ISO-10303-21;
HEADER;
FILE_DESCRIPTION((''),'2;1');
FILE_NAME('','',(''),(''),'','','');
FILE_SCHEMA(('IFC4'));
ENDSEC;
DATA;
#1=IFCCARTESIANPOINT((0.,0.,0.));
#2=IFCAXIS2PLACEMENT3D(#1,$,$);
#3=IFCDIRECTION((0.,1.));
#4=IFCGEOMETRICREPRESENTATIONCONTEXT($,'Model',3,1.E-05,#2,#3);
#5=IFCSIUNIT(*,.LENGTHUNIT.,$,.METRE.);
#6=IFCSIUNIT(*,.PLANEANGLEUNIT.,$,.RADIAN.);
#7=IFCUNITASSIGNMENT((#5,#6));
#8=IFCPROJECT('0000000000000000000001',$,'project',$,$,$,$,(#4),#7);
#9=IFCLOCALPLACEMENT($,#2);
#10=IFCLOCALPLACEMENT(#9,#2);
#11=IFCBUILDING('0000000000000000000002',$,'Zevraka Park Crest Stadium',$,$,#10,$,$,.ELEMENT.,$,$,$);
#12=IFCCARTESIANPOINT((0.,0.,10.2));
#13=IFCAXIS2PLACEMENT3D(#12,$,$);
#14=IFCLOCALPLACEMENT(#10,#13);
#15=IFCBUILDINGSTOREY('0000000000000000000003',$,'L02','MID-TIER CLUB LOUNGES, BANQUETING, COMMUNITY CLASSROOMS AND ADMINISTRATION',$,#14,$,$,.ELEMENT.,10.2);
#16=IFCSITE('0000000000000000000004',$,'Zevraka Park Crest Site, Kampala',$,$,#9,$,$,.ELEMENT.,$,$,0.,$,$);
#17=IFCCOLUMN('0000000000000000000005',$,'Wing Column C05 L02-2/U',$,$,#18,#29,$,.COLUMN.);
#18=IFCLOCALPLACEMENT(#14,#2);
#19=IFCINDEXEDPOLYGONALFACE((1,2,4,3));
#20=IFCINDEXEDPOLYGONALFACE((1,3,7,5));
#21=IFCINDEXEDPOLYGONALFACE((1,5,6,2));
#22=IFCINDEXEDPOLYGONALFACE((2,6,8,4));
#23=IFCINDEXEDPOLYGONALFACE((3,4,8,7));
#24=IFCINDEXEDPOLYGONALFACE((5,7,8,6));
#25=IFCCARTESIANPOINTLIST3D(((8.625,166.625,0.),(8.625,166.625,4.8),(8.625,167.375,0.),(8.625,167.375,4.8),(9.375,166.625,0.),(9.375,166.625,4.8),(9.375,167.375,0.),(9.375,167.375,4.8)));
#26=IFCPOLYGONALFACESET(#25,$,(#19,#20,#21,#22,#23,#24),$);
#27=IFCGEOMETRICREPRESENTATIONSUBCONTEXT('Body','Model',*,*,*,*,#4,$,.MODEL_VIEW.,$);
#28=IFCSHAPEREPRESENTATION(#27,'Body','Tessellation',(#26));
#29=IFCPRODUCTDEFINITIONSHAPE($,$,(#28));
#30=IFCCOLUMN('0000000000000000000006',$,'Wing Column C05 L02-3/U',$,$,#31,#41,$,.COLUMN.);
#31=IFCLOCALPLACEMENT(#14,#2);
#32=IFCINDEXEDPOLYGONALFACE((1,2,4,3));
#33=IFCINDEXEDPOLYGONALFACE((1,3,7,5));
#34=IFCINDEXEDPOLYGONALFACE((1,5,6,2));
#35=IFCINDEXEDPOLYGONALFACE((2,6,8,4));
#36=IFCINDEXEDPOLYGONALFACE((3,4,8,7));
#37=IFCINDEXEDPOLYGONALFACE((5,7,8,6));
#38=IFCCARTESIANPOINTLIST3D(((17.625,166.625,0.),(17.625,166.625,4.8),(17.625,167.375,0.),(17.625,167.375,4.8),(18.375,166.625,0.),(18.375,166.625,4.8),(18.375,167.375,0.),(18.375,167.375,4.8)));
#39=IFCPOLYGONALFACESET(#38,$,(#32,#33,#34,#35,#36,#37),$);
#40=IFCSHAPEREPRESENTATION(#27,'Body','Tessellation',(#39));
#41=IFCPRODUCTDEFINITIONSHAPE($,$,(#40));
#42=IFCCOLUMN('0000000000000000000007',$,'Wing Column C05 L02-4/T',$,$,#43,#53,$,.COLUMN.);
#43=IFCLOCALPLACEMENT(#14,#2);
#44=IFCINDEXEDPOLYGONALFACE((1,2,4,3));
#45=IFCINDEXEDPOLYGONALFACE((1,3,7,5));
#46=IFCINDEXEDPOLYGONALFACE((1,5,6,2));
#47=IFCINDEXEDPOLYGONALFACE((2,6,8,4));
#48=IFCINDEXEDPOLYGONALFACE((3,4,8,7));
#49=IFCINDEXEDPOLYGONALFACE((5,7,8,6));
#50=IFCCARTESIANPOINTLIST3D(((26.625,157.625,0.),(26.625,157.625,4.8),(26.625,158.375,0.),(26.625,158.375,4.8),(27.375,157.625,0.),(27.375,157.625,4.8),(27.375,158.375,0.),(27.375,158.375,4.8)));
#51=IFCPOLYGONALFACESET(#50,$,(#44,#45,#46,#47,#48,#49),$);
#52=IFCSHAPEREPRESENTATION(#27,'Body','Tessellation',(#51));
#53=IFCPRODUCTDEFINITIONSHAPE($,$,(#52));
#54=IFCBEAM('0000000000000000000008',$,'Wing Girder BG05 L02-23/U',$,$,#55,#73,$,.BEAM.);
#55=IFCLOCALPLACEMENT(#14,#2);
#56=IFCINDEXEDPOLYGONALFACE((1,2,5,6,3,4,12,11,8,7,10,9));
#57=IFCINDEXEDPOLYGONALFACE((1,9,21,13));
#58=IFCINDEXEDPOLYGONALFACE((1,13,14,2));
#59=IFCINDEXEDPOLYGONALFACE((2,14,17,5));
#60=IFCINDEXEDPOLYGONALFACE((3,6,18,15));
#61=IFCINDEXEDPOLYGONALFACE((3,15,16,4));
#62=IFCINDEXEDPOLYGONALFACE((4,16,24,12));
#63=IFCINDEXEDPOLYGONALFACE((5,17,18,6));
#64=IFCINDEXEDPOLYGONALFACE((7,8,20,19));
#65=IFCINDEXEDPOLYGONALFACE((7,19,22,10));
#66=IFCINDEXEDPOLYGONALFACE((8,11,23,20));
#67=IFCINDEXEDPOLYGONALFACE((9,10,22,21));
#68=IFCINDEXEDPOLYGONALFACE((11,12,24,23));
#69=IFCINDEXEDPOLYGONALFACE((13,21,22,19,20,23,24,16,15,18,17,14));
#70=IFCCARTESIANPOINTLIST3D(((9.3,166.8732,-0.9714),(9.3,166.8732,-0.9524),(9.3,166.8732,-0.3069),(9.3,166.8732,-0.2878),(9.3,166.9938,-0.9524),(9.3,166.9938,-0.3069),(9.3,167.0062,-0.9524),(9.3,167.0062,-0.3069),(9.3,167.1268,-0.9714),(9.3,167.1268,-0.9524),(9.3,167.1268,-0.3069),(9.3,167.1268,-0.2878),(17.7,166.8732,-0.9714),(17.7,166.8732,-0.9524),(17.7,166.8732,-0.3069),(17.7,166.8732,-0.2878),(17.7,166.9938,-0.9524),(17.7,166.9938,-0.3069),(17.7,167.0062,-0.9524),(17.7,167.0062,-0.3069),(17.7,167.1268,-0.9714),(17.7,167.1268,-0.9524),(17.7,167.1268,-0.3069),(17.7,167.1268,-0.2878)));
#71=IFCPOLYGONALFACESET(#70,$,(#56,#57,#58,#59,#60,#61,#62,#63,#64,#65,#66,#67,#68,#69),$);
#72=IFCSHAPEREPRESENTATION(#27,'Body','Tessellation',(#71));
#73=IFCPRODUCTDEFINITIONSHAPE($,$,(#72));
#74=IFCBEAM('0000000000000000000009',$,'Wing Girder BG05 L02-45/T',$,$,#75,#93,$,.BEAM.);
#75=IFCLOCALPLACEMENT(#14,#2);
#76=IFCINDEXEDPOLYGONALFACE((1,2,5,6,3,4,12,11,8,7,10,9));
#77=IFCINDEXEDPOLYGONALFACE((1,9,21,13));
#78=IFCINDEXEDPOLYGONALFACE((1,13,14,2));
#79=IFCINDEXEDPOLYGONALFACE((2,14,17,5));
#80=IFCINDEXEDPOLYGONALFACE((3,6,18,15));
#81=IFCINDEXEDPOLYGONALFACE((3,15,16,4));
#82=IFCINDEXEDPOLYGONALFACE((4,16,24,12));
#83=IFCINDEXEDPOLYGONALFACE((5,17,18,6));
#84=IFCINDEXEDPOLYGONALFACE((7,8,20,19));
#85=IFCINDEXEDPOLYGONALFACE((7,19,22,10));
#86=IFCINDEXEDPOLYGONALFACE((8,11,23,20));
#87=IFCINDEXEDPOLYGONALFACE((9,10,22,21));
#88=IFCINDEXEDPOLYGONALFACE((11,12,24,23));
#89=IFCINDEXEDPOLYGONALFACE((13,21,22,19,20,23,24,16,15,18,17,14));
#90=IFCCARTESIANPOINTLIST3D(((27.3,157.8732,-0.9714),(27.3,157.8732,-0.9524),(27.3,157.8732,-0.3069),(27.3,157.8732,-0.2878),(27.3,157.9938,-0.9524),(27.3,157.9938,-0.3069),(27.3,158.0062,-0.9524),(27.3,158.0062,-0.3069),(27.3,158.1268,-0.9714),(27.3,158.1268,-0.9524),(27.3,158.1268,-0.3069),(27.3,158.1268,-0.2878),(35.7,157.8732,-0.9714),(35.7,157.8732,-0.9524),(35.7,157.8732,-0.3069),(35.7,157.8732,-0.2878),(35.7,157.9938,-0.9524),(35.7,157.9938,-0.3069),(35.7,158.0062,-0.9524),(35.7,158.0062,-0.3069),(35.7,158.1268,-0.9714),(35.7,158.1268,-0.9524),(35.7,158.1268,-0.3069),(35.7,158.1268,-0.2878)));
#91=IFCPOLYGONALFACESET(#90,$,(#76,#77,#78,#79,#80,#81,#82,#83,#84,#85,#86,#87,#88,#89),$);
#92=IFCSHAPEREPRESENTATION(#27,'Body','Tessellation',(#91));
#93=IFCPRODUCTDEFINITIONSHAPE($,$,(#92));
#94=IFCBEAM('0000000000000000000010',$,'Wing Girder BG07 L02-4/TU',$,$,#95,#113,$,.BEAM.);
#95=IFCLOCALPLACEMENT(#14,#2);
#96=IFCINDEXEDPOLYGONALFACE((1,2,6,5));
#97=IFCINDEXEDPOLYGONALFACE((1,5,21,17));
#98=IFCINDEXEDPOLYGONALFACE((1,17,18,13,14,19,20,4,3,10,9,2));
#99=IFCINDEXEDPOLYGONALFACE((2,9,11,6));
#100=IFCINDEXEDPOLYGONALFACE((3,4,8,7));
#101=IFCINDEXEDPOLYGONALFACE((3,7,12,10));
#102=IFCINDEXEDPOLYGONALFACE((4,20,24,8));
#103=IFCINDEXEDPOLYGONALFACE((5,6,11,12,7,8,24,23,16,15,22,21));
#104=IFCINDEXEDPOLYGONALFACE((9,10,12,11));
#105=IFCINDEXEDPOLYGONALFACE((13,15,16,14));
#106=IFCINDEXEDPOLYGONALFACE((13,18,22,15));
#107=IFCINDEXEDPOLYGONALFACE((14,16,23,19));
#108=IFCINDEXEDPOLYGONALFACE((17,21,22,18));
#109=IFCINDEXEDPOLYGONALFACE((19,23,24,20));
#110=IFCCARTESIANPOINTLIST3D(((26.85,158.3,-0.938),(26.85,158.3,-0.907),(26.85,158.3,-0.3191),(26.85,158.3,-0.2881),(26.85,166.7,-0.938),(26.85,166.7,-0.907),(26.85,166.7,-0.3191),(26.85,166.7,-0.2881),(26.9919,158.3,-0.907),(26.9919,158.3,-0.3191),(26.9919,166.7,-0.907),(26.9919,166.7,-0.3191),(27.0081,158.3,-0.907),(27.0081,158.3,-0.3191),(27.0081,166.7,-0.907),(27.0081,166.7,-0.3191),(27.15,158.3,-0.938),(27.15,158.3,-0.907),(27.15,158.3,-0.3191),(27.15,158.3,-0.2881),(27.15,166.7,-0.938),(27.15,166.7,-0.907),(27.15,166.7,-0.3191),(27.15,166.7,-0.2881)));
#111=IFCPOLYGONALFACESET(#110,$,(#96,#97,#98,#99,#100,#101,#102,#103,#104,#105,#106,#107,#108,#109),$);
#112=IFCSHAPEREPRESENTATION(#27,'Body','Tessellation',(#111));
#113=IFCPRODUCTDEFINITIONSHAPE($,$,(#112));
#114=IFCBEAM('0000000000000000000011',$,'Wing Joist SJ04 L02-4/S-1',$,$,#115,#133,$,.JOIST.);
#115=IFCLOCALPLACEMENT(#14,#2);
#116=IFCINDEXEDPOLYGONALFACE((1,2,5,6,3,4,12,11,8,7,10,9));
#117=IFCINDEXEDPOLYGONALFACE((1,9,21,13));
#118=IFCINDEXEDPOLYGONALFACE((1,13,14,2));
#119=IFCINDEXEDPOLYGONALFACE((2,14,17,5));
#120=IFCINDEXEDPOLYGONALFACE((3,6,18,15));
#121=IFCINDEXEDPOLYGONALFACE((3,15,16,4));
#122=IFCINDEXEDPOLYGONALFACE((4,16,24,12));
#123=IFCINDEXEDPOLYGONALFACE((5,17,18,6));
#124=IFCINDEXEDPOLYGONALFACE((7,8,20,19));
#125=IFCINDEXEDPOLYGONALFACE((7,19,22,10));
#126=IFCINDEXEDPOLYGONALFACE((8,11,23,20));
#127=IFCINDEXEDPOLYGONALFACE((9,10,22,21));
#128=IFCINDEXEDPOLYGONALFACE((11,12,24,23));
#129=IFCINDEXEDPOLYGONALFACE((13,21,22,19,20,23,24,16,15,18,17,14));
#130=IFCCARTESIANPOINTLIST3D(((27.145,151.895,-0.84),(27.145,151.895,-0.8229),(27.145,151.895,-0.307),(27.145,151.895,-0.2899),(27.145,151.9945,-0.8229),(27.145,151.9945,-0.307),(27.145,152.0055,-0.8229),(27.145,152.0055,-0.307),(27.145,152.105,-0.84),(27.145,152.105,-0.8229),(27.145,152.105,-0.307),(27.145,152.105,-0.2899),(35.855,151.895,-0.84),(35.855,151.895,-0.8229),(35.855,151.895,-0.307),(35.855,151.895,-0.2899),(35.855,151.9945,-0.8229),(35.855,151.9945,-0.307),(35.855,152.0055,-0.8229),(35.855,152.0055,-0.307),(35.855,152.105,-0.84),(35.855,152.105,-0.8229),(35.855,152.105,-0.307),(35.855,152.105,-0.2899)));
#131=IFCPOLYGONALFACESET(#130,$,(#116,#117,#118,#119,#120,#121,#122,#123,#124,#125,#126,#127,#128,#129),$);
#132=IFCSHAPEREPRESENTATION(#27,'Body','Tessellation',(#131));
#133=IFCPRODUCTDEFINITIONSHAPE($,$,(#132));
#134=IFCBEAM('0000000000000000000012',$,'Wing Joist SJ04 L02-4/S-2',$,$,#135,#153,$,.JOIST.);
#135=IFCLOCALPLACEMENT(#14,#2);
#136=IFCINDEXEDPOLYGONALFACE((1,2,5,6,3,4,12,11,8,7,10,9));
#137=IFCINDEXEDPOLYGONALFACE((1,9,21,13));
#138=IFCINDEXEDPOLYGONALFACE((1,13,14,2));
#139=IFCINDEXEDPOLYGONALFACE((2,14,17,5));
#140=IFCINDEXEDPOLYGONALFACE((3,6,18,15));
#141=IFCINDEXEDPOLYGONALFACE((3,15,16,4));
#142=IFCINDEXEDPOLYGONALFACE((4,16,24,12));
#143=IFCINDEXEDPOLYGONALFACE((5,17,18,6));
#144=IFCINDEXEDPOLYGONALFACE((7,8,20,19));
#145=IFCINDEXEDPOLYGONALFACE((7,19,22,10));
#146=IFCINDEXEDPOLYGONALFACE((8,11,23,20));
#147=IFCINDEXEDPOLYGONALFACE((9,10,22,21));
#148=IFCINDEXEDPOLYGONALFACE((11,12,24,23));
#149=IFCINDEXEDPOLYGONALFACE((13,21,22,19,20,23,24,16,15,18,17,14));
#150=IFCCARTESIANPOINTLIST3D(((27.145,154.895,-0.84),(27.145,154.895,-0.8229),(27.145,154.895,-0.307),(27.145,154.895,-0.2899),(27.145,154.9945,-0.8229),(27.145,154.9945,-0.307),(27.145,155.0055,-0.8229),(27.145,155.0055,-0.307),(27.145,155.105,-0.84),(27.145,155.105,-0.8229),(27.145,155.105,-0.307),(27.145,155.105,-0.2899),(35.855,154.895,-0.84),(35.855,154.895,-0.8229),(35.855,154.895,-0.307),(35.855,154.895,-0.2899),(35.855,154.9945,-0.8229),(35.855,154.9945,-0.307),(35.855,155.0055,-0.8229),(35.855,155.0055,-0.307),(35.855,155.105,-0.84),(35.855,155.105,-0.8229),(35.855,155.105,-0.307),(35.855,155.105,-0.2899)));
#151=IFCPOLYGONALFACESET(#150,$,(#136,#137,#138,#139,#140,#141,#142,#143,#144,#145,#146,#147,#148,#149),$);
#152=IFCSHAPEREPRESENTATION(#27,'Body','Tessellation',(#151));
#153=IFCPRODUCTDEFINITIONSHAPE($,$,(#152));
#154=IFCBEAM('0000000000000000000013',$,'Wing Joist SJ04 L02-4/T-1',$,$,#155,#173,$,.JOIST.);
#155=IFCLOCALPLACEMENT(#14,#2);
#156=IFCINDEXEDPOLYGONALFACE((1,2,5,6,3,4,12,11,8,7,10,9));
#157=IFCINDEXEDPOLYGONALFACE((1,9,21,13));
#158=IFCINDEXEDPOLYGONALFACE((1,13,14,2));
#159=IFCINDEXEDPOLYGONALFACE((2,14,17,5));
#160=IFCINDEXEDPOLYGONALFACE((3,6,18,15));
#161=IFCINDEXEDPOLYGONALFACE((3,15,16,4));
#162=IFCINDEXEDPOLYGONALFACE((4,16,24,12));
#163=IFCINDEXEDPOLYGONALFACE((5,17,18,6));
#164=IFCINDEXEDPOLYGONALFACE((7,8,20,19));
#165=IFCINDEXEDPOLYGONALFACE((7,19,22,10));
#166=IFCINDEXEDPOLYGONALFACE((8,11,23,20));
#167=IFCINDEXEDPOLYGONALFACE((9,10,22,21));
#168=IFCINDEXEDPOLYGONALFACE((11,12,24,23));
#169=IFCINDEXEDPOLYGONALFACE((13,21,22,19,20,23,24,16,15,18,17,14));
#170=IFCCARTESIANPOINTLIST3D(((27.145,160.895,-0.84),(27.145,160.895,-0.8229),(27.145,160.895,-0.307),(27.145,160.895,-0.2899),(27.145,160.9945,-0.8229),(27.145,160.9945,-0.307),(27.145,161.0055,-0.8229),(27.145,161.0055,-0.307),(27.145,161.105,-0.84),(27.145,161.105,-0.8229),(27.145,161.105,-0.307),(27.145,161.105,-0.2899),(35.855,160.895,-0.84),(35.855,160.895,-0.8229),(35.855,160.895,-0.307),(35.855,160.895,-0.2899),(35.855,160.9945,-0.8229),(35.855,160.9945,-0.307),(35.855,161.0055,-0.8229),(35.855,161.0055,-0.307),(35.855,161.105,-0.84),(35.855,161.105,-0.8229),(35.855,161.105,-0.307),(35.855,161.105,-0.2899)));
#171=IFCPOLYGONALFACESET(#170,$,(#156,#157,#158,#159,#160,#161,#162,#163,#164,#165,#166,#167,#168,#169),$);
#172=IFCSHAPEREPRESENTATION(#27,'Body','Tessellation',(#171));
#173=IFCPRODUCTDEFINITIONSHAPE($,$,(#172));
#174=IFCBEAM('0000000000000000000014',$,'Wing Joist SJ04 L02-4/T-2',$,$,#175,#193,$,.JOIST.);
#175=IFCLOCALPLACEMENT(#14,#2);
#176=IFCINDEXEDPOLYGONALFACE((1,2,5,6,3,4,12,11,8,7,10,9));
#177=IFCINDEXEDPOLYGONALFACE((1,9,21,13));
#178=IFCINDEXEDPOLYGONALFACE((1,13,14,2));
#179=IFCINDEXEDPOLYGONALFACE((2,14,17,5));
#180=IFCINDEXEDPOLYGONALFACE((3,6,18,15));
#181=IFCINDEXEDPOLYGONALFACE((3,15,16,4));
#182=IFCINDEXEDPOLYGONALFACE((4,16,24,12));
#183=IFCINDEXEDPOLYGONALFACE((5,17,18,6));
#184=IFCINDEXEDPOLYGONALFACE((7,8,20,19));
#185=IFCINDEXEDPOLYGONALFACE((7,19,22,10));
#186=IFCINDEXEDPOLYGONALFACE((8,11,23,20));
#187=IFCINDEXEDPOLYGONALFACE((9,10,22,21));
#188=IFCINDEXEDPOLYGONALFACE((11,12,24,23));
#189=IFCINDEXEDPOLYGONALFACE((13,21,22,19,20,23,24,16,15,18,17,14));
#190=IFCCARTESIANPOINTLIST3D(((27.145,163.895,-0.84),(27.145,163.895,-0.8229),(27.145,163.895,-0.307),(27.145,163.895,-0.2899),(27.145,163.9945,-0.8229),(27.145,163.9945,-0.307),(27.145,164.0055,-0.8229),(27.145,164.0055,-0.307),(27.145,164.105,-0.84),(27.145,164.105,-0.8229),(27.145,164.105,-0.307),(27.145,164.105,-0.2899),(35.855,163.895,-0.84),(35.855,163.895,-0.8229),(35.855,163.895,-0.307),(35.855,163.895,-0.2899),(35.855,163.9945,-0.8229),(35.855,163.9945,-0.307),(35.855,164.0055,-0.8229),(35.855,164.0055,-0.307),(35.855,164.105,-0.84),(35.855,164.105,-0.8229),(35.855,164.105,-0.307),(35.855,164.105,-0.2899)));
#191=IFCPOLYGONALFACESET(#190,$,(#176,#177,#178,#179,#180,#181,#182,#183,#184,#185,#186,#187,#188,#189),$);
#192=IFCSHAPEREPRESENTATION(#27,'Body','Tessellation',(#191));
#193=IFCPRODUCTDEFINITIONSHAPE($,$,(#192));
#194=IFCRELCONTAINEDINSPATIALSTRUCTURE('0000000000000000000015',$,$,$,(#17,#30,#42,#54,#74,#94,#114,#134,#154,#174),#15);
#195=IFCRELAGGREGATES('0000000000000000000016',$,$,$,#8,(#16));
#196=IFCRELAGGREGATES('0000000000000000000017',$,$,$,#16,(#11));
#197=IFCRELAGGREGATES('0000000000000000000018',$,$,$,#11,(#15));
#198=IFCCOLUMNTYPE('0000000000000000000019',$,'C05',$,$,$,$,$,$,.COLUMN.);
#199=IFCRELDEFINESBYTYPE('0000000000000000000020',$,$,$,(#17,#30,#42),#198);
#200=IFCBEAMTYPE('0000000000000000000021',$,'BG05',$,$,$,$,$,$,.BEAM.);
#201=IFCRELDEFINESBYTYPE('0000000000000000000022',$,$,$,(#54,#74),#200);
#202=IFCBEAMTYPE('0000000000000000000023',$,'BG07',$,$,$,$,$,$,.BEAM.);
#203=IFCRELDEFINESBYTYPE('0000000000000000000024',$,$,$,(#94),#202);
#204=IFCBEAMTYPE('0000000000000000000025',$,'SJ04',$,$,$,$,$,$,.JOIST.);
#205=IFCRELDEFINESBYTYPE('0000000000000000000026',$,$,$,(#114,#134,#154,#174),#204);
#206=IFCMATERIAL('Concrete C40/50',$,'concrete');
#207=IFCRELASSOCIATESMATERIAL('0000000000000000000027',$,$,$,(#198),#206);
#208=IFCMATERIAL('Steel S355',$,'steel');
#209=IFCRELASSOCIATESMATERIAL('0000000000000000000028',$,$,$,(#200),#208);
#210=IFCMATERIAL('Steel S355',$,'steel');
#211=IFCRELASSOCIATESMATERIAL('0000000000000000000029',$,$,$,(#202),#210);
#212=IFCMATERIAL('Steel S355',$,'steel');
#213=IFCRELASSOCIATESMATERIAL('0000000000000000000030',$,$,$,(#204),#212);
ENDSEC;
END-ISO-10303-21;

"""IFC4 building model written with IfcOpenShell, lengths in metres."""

from ifc_helpers import new_model, si_unit, direction, frame, origin, origin_2d, place, context, subcontext, project, spatial, rectangle, i_section, extrude, material, material_profile, profile_set, type_object, element, save


model = new_model("IFC4")

# Units and contexts
model_context = context("Model", 3, precision=1e-05, world=origin(), true_north=direction((0.0, 1.0)))
body_context = subcontext(model_context, "Body", "Model", "MODEL_VIEW")
ifc_project = project(units=[si_unit("LENGTHUNIT", "METRE"), si_unit("PLANEANGLEUNIT", "RADIAN")], contexts=[model_context])

# Site, building, storey
site_placement = place(None, origin())
site = spatial("IfcSite", under=ifc_project, at=site_placement, Name="Zevraka Park Crest Site, Kampala", CompositionType="ELEMENT", RefElevation=0.0)
building_placement = place(site_placement, origin())
building = spatial("IfcBuilding", under=site, at=building_placement, Name="Zevraka Park Crest Stadium", CompositionType="ELEMENT")
storey_placement = place(building_placement, frame((0.0, 0.0, 10.2)))
storey = spatial("IfcBuildingStorey", under=building, at=storey_placement, Name="L02", Description="MID-TIER CLUB LOUNGES, BANQUETING, COMMUNITY CLASSROOMS AND ADMINISTRATION", CompositionType="ELEMENT", Elevation=10.2)

# Columns
ifc_material_1 = material(Name="Concrete C40/50", Category="concrete")
ifc_material_profile_1 = material_profile(ifc_material_1, rectangle(XDim=0.75, YDim=0.75, at=origin_2d()), Name="RC 750x750")
ifc_profile_set_1 = profile_set([ifc_material_profile_1], Name="Concrete C40/50")
column_type = type_object("IfcColumnType", Name="C05", PredefinedType="COLUMN", material=ifc_profile_set_1)
for number, where, z_axis, x_axis, name in (
    (1, (9.0, 167.0, 0.0), (0.0, 0.0, 1.0), (1.0, 0.0, 0.0), "Wing Column C05 L02-2/U"),
    (2, (18.0, 167.0, 0.0), (0.0, 0.0, 1.0), (1.0, 0.0, 0.0), "Wing Column C05 L02-3/U"),
    (3, (27.0, 158.0, 0.0), (0.0, 0.0, 1.0), (1.0, 0.0, 0.0), "Wing Column C05 L02-4/T"),
):
    element("IfcColumn", number, at=place(storey_placement, frame(where, z_axis=z_axis, x_axis=x_axis)), inside=storey, type_object=column_type, Name=name, PredefinedType="COLUMN", context=body_context, shape_type="SweptSolid", body=[
        extrude(rectangle(XDim=0.75, YDim=0.75, at=origin_2d()), origin(), (0.0, 0.0, 1.0), 4.8),
    ])

# Beams
ifc_material_2 = material(Name="Steel S355", Category="steel")
ifc_material_profile_2 = material_profile(ifc_material_2, i_section(OverallWidth=0.2537, OverallDepth=0.6836, WebThickness=0.0125, FlangeThickness=0.019, at=origin_2d()), Name="UKB 686x254x140")
ifc_profile_set_2 = profile_set([ifc_material_profile_2], Name="Steel S355")
beam_type_1 = type_object("IfcBeamType", Name="BG05", PredefinedType="BEAM", material=ifc_profile_set_2)
for number, where, z_axis, x_axis, name in (
    (4, (9.3, 167.0, -0.6296), (1.0, 0.0, 0.0), (0.0, 1.0, 0.0), "Wing Girder BG05 L02-23/U"),
    (5, (27.3, 158.0, -0.6296), (1.0, 0.0, 0.0), (0.0, 1.0, 0.0), "Wing Girder BG05 L02-45/T"),
):
    element("IfcBeam", number, at=place(storey_placement, frame(where, z_axis=z_axis, x_axis=x_axis)), inside=storey, type_object=beam_type_1, Name=name, PredefinedType="BEAM", context=body_context, shape_type="SweptSolid", body=[
        extrude(i_section(OverallWidth=0.2537, OverallDepth=0.6836, WebThickness=0.0125, FlangeThickness=0.019, at=origin_2d()), origin(), (0.0, 0.0, 1.0), 8.3999),
    ])
ifc_material_3 = material(Name="Steel S355", Category="steel")
ifc_material_profile_3 = material_profile(ifc_material_3, i_section(OverallWidth=0.3, OverallDepth=0.6499, WebThickness=0.0161, FlangeThickness=0.031, at=origin_2d()), Name="HEB 650")
ifc_profile_set_3 = profile_set([ifc_material_profile_3], Name="Steel S355")
beam_type_2 = type_object("IfcBeamType", Name="BG07", PredefinedType="BEAM", material=ifc_profile_set_3)
beam_placement = place(storey_placement, frame((27.0, 158.3, -0.613), z_axis=(0.0, 1.0, 0.0), x_axis=(-1.0, 0.0, 0.0)))
element("IfcBeam", 6, at=beam_placement, inside=storey, type_object=beam_type_2, Name="Wing Girder BG07 L02-4/TU", PredefinedType="BEAM", context=body_context, shape_type="SweptSolid", body=[
    extrude(i_section(OverallWidth=0.3, OverallDepth=0.6499, WebThickness=0.0161, FlangeThickness=0.031, at=origin_2d()), origin(), (0.0, 0.0, 1.0), 8.3999),
])
ifc_material_4 = material(Name="Steel S355", Category="steel")
ifc_material_profile_4 = material_profile(ifc_material_4, i_section(OverallWidth=0.21, OverallDepth=0.55, WebThickness=0.011, FlangeThickness=0.0171, at=origin_2d()), Name="IPE 550")
ifc_profile_set_4 = profile_set([ifc_material_profile_4], Name="Steel S355")
beam_type_3 = type_object("IfcBeamType", Name="SJ04", PredefinedType="JOIST", material=ifc_profile_set_4)
for number, where, z_axis, x_axis, name in (
    (7, (27.145, 152.0, -0.5649), (1.0, 0.0, 0.0), (0.0, 1.0, 0.0), "Wing Joist SJ04 L02-4/S-1"),
    (8, (27.145, 155.0, -0.5649), (1.0, 0.0, 0.0), (0.0, 1.0, 0.0), "Wing Joist SJ04 L02-4/S-2"),
    (9, (27.145, 161.0, -0.5649), (1.0, 0.0, 0.0), (0.0, 1.0, 0.0), "Wing Joist SJ04 L02-4/T-1"),
    (10, (27.145, 164.0, -0.5649), (1.0, 0.0, 0.0), (0.0, 1.0, 0.0), "Wing Joist SJ04 L02-4/T-2"),
):
    element("IfcBeam", number, at=place(storey_placement, frame(where, z_axis=z_axis, x_axis=x_axis)), inside=storey, type_object=beam_type_3, Name=name, PredefinedType="JOIST", context=body_context, shape_type="SweptSolid", body=[
        extrude(i_section(OverallWidth=0.21, OverallDepth=0.55, WebThickness=0.011, FlangeThickness=0.0171, at=origin_2d()), origin(), (0.0, 0.0, 1.0), 8.71),
    ])

save(model, "model.ifc")
